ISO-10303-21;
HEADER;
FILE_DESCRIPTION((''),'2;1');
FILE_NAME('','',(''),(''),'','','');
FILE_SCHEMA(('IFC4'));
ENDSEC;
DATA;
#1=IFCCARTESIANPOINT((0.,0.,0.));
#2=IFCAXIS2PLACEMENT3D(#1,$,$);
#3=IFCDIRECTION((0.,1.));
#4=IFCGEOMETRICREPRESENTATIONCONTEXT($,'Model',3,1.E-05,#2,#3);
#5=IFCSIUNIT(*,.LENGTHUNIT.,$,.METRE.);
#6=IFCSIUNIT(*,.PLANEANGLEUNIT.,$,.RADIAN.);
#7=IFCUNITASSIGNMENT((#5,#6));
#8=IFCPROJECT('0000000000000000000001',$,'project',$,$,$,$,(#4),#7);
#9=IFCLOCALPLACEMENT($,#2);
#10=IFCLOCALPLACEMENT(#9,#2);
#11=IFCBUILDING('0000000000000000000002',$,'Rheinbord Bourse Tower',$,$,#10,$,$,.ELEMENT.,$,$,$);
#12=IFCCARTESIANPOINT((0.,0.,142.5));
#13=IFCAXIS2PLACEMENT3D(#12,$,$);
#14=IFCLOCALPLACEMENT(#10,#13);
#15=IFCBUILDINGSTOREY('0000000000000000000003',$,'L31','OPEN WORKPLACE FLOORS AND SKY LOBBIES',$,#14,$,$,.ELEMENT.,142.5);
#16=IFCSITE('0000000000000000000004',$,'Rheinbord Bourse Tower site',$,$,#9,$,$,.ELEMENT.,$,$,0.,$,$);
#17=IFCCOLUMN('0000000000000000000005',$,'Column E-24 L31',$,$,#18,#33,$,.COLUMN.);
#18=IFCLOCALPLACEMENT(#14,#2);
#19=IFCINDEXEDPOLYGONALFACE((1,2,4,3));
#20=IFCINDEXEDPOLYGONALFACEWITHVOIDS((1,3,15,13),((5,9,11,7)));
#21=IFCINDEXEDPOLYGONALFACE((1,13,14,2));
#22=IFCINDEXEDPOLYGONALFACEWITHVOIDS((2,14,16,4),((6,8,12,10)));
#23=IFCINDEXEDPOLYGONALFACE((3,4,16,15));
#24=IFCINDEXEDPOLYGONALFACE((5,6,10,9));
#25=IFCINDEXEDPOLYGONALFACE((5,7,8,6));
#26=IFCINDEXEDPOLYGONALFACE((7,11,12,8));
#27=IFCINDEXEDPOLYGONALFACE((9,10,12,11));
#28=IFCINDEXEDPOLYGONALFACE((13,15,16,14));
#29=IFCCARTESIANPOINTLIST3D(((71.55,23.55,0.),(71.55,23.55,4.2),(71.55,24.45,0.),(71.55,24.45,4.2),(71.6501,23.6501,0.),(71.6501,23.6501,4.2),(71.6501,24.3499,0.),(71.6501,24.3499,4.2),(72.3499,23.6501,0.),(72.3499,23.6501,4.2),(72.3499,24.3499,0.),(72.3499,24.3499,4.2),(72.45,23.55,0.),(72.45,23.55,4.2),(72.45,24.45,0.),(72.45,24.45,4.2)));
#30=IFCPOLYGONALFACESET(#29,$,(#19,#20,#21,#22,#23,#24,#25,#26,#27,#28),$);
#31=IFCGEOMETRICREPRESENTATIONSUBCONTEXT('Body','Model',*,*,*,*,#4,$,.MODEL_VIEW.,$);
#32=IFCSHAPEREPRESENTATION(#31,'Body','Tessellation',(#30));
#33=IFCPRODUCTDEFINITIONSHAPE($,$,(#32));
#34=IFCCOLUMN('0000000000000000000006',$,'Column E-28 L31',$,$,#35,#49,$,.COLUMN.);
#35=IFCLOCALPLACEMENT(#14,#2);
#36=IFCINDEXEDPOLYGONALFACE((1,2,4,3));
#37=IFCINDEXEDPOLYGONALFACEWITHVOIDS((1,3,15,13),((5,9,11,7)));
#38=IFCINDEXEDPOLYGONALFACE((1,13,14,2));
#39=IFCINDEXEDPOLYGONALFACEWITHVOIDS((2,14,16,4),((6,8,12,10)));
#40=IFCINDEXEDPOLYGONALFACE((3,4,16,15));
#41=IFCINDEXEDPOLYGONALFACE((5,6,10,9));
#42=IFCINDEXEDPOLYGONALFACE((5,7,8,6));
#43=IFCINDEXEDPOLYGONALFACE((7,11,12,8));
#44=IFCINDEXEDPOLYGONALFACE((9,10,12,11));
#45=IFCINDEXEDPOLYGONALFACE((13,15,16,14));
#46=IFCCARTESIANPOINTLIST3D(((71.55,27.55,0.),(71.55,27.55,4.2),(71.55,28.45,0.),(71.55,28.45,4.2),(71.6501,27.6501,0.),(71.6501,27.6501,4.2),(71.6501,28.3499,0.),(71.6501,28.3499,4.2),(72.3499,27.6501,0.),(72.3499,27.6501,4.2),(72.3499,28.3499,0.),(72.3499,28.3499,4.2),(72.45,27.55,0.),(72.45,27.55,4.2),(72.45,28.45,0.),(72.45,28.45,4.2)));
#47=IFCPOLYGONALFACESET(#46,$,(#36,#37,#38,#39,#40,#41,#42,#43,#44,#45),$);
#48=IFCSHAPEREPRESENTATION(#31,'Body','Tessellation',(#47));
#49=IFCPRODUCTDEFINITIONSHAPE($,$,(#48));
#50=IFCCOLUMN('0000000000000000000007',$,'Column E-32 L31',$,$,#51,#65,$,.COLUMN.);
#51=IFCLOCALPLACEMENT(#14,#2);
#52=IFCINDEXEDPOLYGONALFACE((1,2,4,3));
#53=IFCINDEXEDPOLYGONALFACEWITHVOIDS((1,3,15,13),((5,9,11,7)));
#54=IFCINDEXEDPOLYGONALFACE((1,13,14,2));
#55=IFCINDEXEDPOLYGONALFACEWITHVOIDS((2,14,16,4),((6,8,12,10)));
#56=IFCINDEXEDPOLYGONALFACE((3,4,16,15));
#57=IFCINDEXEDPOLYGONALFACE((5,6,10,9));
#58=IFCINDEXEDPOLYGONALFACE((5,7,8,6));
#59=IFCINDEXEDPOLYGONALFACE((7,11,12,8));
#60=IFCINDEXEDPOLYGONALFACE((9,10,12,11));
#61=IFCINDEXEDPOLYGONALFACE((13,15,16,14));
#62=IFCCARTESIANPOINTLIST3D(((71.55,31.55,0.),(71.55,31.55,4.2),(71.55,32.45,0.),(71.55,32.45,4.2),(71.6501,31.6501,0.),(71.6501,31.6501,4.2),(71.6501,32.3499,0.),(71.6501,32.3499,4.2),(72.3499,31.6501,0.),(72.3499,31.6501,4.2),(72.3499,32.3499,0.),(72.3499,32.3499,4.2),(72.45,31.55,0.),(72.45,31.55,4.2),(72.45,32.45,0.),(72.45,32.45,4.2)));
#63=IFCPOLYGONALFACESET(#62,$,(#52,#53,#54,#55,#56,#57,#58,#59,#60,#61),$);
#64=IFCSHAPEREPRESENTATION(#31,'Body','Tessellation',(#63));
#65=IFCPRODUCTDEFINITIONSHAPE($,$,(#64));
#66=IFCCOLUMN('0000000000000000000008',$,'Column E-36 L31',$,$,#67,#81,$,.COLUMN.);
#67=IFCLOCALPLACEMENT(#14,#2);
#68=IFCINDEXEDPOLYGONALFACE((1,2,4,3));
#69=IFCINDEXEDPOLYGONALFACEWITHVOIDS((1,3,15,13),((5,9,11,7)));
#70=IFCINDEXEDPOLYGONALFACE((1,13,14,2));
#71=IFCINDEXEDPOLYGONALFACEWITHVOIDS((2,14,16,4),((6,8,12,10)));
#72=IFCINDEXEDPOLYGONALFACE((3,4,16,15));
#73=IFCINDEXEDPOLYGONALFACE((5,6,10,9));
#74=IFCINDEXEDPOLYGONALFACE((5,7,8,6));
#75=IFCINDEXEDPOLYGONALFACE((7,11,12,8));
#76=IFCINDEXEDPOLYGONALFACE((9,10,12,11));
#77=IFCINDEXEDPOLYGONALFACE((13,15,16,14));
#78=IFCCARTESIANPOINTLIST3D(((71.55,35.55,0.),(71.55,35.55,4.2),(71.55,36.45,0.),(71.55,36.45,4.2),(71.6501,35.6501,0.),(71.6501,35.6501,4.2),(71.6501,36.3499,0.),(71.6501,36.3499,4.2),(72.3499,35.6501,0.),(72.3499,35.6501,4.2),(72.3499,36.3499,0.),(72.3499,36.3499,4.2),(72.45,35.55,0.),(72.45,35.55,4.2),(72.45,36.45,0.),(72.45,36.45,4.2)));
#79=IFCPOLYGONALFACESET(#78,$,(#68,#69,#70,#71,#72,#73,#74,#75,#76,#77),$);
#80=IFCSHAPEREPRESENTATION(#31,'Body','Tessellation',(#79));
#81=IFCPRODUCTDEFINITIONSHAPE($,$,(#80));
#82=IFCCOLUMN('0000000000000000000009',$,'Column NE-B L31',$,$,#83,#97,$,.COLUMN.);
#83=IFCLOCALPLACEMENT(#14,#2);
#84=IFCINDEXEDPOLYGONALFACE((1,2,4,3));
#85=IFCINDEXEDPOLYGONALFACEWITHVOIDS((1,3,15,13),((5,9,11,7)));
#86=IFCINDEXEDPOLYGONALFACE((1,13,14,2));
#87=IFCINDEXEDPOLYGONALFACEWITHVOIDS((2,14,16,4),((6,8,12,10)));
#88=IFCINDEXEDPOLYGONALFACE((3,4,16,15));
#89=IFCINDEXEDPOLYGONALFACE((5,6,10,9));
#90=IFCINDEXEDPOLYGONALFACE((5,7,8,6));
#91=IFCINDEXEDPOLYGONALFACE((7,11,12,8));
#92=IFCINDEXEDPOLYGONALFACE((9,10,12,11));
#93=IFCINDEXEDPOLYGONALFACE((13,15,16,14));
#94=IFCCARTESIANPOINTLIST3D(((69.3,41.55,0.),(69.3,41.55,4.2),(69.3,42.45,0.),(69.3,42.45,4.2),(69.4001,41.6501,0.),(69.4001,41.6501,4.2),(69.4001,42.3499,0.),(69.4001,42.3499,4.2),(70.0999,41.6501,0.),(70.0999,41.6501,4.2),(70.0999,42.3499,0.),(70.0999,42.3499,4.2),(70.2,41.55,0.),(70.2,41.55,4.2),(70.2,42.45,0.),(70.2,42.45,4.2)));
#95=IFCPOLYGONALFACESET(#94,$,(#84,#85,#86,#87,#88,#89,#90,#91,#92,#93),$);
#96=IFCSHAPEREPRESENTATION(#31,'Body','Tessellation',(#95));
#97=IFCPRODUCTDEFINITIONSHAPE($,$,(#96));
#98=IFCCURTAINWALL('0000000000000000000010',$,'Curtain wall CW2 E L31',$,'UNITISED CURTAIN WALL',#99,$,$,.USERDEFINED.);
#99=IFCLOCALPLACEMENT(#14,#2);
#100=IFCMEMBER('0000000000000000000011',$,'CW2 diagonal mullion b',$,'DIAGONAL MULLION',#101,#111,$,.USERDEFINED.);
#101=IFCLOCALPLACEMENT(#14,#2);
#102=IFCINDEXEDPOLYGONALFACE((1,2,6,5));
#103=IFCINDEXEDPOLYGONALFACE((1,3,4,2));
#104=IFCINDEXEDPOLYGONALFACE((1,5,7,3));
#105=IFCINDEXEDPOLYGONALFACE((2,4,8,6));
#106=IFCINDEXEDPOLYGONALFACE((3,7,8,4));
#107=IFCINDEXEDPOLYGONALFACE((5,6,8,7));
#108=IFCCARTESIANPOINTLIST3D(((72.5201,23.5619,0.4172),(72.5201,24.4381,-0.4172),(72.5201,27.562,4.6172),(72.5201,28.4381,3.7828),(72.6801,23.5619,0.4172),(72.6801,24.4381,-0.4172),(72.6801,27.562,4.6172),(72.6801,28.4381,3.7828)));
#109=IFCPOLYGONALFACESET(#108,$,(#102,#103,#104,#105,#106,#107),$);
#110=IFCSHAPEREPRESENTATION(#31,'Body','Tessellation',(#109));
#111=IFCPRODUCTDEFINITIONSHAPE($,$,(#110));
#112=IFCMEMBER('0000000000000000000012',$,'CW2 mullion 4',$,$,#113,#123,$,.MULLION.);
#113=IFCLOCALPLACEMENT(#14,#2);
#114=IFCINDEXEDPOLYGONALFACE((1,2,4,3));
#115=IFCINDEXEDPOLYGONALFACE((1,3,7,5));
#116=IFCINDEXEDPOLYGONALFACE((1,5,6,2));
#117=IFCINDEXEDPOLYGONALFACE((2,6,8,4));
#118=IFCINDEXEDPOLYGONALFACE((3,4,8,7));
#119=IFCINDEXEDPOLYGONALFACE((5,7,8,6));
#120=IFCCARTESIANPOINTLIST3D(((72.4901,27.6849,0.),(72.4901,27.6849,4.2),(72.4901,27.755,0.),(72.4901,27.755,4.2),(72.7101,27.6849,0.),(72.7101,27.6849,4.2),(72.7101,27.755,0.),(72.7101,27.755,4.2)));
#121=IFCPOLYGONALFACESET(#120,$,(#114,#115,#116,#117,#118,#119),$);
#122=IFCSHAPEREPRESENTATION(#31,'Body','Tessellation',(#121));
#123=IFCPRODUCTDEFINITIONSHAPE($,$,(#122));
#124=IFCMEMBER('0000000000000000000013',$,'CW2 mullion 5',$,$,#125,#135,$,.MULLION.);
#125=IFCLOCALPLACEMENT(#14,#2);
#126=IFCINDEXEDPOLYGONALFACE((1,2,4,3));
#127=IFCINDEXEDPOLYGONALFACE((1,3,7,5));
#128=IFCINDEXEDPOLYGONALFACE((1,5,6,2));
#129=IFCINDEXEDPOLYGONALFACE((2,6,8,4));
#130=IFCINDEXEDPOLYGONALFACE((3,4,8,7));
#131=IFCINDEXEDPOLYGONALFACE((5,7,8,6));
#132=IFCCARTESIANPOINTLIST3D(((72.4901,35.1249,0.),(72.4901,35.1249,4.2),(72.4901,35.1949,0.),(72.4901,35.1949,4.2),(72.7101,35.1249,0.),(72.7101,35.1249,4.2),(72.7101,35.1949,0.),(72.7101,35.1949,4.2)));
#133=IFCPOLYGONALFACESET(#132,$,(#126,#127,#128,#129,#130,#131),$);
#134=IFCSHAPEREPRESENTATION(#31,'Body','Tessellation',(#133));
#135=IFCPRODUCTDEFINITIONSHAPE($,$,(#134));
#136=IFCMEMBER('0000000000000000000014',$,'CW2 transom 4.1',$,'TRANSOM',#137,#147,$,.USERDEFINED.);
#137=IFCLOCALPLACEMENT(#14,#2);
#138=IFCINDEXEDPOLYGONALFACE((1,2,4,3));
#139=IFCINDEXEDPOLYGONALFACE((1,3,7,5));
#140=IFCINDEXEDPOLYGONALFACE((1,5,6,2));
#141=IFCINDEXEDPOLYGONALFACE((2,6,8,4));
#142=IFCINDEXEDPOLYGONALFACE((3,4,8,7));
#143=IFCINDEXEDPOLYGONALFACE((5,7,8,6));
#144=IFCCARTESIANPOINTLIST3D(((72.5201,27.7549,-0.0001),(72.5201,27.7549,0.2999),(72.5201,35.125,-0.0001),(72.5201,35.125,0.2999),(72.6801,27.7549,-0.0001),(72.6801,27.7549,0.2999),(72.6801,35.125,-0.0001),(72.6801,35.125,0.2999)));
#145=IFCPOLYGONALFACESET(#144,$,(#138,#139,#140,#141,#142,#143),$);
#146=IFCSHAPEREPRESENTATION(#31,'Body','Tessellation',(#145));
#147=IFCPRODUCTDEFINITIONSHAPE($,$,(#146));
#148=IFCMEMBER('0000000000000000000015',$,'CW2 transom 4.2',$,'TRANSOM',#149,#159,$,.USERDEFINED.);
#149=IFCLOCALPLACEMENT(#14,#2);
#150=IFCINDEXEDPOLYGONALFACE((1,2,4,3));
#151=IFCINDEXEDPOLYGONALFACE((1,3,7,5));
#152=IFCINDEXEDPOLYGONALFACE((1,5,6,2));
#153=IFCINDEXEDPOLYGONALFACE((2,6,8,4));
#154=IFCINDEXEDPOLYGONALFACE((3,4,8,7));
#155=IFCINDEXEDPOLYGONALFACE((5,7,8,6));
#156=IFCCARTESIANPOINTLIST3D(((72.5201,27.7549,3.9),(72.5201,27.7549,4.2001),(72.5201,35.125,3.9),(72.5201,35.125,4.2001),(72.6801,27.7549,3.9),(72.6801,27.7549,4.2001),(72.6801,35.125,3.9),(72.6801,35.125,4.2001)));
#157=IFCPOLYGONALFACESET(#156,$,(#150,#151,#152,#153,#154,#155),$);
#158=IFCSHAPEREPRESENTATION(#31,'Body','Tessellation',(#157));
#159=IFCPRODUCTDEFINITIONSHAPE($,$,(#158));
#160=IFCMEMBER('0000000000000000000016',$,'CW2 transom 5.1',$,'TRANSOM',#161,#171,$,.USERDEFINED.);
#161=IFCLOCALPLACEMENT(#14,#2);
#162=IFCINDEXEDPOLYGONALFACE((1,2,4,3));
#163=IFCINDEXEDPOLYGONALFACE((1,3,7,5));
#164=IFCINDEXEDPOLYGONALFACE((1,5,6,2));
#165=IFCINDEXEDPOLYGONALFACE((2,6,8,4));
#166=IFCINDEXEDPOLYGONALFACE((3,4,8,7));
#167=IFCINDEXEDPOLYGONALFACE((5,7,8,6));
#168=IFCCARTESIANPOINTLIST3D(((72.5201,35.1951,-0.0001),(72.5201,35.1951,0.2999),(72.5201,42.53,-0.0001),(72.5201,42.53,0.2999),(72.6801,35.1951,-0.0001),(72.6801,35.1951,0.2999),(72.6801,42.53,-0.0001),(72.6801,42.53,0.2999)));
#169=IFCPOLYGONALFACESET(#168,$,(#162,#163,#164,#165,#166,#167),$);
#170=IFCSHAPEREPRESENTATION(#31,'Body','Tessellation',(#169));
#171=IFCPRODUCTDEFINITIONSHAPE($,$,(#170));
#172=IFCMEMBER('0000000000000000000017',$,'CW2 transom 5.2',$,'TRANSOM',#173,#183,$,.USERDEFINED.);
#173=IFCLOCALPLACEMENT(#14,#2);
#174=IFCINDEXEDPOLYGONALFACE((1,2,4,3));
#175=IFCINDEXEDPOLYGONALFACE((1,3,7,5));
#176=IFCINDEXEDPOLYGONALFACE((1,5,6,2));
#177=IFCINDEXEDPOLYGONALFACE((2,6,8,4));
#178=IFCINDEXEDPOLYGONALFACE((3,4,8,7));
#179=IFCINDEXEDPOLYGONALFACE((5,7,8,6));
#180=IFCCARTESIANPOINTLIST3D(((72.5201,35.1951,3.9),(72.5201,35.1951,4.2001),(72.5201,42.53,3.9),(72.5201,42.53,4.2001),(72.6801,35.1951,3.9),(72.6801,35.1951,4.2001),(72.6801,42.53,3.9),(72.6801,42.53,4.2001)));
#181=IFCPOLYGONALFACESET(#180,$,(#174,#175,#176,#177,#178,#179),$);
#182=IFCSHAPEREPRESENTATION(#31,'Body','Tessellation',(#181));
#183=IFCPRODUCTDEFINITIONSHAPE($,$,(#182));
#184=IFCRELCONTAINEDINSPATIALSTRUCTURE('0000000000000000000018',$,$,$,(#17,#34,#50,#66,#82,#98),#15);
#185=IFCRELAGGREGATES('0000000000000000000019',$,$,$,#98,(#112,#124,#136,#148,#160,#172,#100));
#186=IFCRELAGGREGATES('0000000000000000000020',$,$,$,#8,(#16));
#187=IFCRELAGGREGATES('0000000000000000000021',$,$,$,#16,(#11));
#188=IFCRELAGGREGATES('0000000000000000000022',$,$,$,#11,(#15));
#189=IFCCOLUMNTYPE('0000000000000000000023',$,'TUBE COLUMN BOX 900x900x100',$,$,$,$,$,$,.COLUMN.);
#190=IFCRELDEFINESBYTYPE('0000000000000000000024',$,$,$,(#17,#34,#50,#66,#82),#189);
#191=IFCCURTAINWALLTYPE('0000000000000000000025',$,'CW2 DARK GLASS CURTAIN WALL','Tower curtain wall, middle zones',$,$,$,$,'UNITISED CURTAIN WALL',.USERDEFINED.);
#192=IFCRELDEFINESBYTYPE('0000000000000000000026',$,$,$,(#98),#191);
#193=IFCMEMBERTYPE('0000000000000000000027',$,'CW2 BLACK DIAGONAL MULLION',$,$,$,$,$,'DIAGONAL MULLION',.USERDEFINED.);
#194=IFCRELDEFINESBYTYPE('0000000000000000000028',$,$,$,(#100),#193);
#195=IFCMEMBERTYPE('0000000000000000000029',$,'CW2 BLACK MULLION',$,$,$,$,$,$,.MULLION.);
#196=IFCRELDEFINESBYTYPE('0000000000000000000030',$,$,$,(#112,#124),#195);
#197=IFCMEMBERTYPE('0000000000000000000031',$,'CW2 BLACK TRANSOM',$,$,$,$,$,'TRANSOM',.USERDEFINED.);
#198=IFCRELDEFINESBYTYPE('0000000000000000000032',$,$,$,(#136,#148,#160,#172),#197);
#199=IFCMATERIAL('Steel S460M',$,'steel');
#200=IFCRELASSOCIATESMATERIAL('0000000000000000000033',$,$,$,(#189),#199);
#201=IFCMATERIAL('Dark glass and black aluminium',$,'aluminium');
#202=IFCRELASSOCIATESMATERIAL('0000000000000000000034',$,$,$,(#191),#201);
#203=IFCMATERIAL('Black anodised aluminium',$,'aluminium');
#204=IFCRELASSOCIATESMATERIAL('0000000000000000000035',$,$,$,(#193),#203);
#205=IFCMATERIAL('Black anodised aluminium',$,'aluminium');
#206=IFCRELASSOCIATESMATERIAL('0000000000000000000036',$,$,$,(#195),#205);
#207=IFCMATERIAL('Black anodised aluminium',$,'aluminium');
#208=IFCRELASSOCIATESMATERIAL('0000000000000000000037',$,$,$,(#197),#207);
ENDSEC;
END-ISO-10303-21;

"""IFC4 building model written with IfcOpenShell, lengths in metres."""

from ifc_helpers import new_model, si_unit, direction, frame, origin, origin_2d, place, context, subcontext, project, spatial, rectangle, hollow_rectangle, extrude, material, material_profile, profile_set, type_object, element, aggregate, save


model = new_model("IFC4")

# Units and contexts
model_context = context("Model", 3, precision=1e-05, world=origin(), true_north=direction((0.0, 1.0)))
body_context = subcontext(model_context, "Body", "Model", "MODEL_VIEW")
ifc_project = project(units=[si_unit("LENGTHUNIT", "METRE"), si_unit("PLANEANGLEUNIT", "RADIAN")], contexts=[model_context])

# Site, building, storey
site_placement = place(None, origin())
site = spatial("IfcSite", under=ifc_project, at=site_placement, Name="Rheinbord Bourse Tower site", CompositionType="ELEMENT", RefElevation=0.0)
building_placement = place(site_placement, origin())
building = spatial("IfcBuilding", under=site, at=building_placement, Name="Rheinbord Bourse Tower", CompositionType="ELEMENT")
storey_placement = place(building_placement, frame((0.0, 0.0, 142.5)))
storey = spatial("IfcBuildingStorey", under=building, at=storey_placement, Name="L31", Description="OPEN WORKPLACE FLOORS AND SKY LOBBIES", CompositionType="ELEMENT", Elevation=142.5)

# Columns
ifc_material_1 = material(Name="Steel S460M", Category="steel")
ifc_material_profile_1 = material_profile(ifc_material_1, hollow_rectangle(XDim=0.8999, YDim=0.8999, WallThickness=0.1001, at=origin_2d()), Name="BOX 900x900x100")
ifc_profile_set_1 = profile_set([ifc_material_profile_1], Name="Steel S460M")
column_type = type_object("IfcColumnType", Name="TUBE COLUMN BOX 900x900x100", PredefinedType="COLUMN", material=ifc_profile_set_1)
for number, where, z_axis, x_axis, name in (
    (1, (72.0, 24.0, 0.0), (0.0, 0.0, 1.0), (1.0, 0.0, 0.0), "Column E-24 L31"),
    (2, (72.0, 28.0, 0.0), (0.0, 0.0, 1.0), (1.0, 0.0, 0.0), "Column E-28 L31"),
    (3, (72.0, 32.0, 0.0), (0.0, 0.0, 1.0), (1.0, 0.0, 0.0), "Column E-32 L31"),
    (4, (72.0, 36.0, 0.0), (0.0, 0.0, 1.0), (1.0, 0.0, 0.0), "Column E-36 L31"),
    (5, (69.75, 42.0, 0.0), (0.0, 0.0, 1.0), (1.0, 0.0, 0.0), "Column NE-B L31"),
):
    element("IfcColumn", number, at=place(storey_placement, frame(where, z_axis=z_axis, x_axis=x_axis)), inside=storey, type_object=column_type, Name=name, PredefinedType="COLUMN", context=body_context, shape_type="SweptSolid", body=[
        extrude(hollow_rectangle(XDim=0.8999, YDim=0.8999, WallThickness=0.1001, at=origin_2d()), origin(), (0.0, 0.0, 1.0), 4.2),
    ])

# Curtain wall, members
ifc_material_2 = material(Name="Dark glass and black aluminium", Category="aluminium")
curtain_wall_type = type_object("IfcCurtainWallType", Name="CW2 DARK GLASS CURTAIN WALL", Description="Tower curtain wall, middle zones", ElementType="UNITISED CURTAIN WALL", PredefinedType="USERDEFINED", material=ifc_material_2)
curtain_wall_placement = place(storey_placement, origin())
curtain_wall = element("IfcCurtainWall", 6, at=curtain_wall_placement, inside=storey, type_object=curtain_wall_type, Name="Curtain wall CW2 E L31", ObjectType="UNITISED CURTAIN WALL", PredefinedType="USERDEFINED")
ifc_material_3 = material(Name="Black anodised aluminium", Category="aluminium")
ifc_material_profile_2 = material_profile(ifc_material_3, rectangle(XDim=0.1599, YDim=1.21, at=origin_2d()), Name="CW2 DIAGONAL MULLION 1210x160")
ifc_profile_set_2 = profile_set([ifc_material_profile_2], Name="Black anodised aluminium")
member_type_1 = type_object("IfcMemberType", Name="CW2 BLACK DIAGONAL MULLION", ElementType="DIAGONAL MULLION", PredefinedType="USERDEFINED", material=ifc_profile_set_2)
member_1_placement = place(storey_placement, frame((72.6001, 24.0, 0.0), z_axis=(0.0, 0.689659, 0.724134), x_axis=(-1.0, 0.0, 0.0)))
member_1 = element("IfcMember", 7, at=member_1_placement, type_object=member_type_1, Name="CW2 diagonal mullion b", ObjectType="DIAGONAL MULLION", PredefinedType="USERDEFINED", context=body_context, shape_type="SweptSolid", body=[
    extrude(rectangle(XDim=0.1599, YDim=1.21, at=origin_2d()), origin(), (0.0, 0.0, 1.0), 5.8),
])
ifc_material_4 = material(Name="Black anodised aluminium", Category="aluminium")
ifc_material_profile_3 = material_profile(ifc_material_4, rectangle(XDim=0.22, YDim=0.0701, at=origin_2d()), Name="CW2 MULLION 70x220")
ifc_profile_set_3 = profile_set([ifc_material_profile_3], Name="Black anodised aluminium")
member_type_2 = type_object("IfcMemberType", Name="CW2 BLACK MULLION", PredefinedType="MULLION", material=ifc_profile_set_3)
member_2_placement = place(storey_placement, frame((72.6001, 27.72, 0.0), z_axis=(0.0, 0.0, 1.0), x_axis=(-1.0, 0.0, 0.0)))
member_2 = element("IfcMember", 8, at=member_2_placement, type_object=member_type_2, Name="CW2 mullion 4", PredefinedType="MULLION", context=body_context, shape_type="SweptSolid", body=[
    extrude(rectangle(XDim=0.22, YDim=0.0701, at=origin_2d()), origin(), (0.0, 0.0, 1.0), 4.2),
])
member_3_placement = place(storey_placement, frame((72.6001, 35.1599, 0.0), z_axis=(0.0, 0.0, 1.0), x_axis=(-1.0, 0.0, 0.0)))
member_3 = element("IfcMember", 9, at=member_3_placement, type_object=member_type_2, Name="CW2 mullion 5", PredefinedType="MULLION", context=body_context, shape_type="SweptSolid", body=[
    extrude(rectangle(XDim=0.22, YDim=0.0701, at=origin_2d()), origin(), (0.0, 0.0, 1.0), 4.2),
])
ifc_material_5 = material(Name="Black anodised aluminium", Category="aluminium")
ifc_material_profile_4 = material_profile(ifc_material_5, rectangle(XDim=0.1599, YDim=0.3, at=origin_2d()), Name="CW2 TRANSOM 300x160")
ifc_profile_set_4 = profile_set([ifc_material_profile_4], Name="Black anodised aluminium")
member_type_3 = type_object("IfcMemberType", Name="CW2 BLACK TRANSOM", ElementType="TRANSOM", PredefinedType="USERDEFINED", material=ifc_profile_set_4)
member_4_placement = place(storey_placement, frame((72.6001, 27.7549, 0.1499), z_axis=(0.0, 1.0, 0.0), x_axis=(-1.0, 0.0, 0.0)))
member_4 = element("IfcMember", 10, at=member_4_placement, type_object=member_type_3, Name="CW2 transom 4.1", ObjectType="TRANSOM", PredefinedType="USERDEFINED", context=body_context, shape_type="SweptSolid", body=[
    extrude(rectangle(XDim=0.1599, YDim=0.3, at=origin_2d()), origin(), (0.0, 0.0, 1.0), 7.3701),
])
member_5_placement = place(storey_placement, frame((72.6001, 27.7549, 4.05), z_axis=(0.0, 1.0, 0.0), x_axis=(-1.0, 0.0, 0.0)))
member_5 = element("IfcMember", 11, at=member_5_placement, type_object=member_type_3, Name="CW2 transom 4.2", ObjectType="TRANSOM", PredefinedType="USERDEFINED", context=body_context, shape_type="SweptSolid", body=[
    extrude(rectangle(XDim=0.1599, YDim=0.3, at=origin_2d()), origin(), (0.0, 0.0, 1.0), 7.3701),
])
member_6_placement = place(storey_placement, frame((72.6001, 35.1951, 0.1499), z_axis=(0.0, 1.0, 0.0), x_axis=(-1.0, 0.0, 0.0)))
member_6 = element("IfcMember", 12, at=member_6_placement, type_object=member_type_3, Name="CW2 transom 5.1", ObjectType="TRANSOM", PredefinedType="USERDEFINED", context=body_context, shape_type="SweptSolid", body=[
    extrude(rectangle(XDim=0.1599, YDim=0.3, at=origin_2d()), origin(), (0.0, 0.0, 1.0), 7.335),
])
member_7_placement = place(storey_placement, frame((72.6001, 35.1951, 4.05), z_axis=(0.0, 1.0, 0.0), x_axis=(-1.0, 0.0, 0.0)))
member_7 = element("IfcMember", 13, at=member_7_placement, type_object=member_type_3, Name="CW2 transom 5.2", ObjectType="TRANSOM", PredefinedType="USERDEFINED", context=body_context, shape_type="SweptSolid", body=[
    extrude(rectangle(XDim=0.1599, YDim=0.3, at=origin_2d()), origin(), (0.0, 0.0, 1.0), 7.335),
])

aggregate(curtain_wall, [member_2, member_3, member_4, member_5, member_6, member_7, member_1])

save(model, "model.ifc")
